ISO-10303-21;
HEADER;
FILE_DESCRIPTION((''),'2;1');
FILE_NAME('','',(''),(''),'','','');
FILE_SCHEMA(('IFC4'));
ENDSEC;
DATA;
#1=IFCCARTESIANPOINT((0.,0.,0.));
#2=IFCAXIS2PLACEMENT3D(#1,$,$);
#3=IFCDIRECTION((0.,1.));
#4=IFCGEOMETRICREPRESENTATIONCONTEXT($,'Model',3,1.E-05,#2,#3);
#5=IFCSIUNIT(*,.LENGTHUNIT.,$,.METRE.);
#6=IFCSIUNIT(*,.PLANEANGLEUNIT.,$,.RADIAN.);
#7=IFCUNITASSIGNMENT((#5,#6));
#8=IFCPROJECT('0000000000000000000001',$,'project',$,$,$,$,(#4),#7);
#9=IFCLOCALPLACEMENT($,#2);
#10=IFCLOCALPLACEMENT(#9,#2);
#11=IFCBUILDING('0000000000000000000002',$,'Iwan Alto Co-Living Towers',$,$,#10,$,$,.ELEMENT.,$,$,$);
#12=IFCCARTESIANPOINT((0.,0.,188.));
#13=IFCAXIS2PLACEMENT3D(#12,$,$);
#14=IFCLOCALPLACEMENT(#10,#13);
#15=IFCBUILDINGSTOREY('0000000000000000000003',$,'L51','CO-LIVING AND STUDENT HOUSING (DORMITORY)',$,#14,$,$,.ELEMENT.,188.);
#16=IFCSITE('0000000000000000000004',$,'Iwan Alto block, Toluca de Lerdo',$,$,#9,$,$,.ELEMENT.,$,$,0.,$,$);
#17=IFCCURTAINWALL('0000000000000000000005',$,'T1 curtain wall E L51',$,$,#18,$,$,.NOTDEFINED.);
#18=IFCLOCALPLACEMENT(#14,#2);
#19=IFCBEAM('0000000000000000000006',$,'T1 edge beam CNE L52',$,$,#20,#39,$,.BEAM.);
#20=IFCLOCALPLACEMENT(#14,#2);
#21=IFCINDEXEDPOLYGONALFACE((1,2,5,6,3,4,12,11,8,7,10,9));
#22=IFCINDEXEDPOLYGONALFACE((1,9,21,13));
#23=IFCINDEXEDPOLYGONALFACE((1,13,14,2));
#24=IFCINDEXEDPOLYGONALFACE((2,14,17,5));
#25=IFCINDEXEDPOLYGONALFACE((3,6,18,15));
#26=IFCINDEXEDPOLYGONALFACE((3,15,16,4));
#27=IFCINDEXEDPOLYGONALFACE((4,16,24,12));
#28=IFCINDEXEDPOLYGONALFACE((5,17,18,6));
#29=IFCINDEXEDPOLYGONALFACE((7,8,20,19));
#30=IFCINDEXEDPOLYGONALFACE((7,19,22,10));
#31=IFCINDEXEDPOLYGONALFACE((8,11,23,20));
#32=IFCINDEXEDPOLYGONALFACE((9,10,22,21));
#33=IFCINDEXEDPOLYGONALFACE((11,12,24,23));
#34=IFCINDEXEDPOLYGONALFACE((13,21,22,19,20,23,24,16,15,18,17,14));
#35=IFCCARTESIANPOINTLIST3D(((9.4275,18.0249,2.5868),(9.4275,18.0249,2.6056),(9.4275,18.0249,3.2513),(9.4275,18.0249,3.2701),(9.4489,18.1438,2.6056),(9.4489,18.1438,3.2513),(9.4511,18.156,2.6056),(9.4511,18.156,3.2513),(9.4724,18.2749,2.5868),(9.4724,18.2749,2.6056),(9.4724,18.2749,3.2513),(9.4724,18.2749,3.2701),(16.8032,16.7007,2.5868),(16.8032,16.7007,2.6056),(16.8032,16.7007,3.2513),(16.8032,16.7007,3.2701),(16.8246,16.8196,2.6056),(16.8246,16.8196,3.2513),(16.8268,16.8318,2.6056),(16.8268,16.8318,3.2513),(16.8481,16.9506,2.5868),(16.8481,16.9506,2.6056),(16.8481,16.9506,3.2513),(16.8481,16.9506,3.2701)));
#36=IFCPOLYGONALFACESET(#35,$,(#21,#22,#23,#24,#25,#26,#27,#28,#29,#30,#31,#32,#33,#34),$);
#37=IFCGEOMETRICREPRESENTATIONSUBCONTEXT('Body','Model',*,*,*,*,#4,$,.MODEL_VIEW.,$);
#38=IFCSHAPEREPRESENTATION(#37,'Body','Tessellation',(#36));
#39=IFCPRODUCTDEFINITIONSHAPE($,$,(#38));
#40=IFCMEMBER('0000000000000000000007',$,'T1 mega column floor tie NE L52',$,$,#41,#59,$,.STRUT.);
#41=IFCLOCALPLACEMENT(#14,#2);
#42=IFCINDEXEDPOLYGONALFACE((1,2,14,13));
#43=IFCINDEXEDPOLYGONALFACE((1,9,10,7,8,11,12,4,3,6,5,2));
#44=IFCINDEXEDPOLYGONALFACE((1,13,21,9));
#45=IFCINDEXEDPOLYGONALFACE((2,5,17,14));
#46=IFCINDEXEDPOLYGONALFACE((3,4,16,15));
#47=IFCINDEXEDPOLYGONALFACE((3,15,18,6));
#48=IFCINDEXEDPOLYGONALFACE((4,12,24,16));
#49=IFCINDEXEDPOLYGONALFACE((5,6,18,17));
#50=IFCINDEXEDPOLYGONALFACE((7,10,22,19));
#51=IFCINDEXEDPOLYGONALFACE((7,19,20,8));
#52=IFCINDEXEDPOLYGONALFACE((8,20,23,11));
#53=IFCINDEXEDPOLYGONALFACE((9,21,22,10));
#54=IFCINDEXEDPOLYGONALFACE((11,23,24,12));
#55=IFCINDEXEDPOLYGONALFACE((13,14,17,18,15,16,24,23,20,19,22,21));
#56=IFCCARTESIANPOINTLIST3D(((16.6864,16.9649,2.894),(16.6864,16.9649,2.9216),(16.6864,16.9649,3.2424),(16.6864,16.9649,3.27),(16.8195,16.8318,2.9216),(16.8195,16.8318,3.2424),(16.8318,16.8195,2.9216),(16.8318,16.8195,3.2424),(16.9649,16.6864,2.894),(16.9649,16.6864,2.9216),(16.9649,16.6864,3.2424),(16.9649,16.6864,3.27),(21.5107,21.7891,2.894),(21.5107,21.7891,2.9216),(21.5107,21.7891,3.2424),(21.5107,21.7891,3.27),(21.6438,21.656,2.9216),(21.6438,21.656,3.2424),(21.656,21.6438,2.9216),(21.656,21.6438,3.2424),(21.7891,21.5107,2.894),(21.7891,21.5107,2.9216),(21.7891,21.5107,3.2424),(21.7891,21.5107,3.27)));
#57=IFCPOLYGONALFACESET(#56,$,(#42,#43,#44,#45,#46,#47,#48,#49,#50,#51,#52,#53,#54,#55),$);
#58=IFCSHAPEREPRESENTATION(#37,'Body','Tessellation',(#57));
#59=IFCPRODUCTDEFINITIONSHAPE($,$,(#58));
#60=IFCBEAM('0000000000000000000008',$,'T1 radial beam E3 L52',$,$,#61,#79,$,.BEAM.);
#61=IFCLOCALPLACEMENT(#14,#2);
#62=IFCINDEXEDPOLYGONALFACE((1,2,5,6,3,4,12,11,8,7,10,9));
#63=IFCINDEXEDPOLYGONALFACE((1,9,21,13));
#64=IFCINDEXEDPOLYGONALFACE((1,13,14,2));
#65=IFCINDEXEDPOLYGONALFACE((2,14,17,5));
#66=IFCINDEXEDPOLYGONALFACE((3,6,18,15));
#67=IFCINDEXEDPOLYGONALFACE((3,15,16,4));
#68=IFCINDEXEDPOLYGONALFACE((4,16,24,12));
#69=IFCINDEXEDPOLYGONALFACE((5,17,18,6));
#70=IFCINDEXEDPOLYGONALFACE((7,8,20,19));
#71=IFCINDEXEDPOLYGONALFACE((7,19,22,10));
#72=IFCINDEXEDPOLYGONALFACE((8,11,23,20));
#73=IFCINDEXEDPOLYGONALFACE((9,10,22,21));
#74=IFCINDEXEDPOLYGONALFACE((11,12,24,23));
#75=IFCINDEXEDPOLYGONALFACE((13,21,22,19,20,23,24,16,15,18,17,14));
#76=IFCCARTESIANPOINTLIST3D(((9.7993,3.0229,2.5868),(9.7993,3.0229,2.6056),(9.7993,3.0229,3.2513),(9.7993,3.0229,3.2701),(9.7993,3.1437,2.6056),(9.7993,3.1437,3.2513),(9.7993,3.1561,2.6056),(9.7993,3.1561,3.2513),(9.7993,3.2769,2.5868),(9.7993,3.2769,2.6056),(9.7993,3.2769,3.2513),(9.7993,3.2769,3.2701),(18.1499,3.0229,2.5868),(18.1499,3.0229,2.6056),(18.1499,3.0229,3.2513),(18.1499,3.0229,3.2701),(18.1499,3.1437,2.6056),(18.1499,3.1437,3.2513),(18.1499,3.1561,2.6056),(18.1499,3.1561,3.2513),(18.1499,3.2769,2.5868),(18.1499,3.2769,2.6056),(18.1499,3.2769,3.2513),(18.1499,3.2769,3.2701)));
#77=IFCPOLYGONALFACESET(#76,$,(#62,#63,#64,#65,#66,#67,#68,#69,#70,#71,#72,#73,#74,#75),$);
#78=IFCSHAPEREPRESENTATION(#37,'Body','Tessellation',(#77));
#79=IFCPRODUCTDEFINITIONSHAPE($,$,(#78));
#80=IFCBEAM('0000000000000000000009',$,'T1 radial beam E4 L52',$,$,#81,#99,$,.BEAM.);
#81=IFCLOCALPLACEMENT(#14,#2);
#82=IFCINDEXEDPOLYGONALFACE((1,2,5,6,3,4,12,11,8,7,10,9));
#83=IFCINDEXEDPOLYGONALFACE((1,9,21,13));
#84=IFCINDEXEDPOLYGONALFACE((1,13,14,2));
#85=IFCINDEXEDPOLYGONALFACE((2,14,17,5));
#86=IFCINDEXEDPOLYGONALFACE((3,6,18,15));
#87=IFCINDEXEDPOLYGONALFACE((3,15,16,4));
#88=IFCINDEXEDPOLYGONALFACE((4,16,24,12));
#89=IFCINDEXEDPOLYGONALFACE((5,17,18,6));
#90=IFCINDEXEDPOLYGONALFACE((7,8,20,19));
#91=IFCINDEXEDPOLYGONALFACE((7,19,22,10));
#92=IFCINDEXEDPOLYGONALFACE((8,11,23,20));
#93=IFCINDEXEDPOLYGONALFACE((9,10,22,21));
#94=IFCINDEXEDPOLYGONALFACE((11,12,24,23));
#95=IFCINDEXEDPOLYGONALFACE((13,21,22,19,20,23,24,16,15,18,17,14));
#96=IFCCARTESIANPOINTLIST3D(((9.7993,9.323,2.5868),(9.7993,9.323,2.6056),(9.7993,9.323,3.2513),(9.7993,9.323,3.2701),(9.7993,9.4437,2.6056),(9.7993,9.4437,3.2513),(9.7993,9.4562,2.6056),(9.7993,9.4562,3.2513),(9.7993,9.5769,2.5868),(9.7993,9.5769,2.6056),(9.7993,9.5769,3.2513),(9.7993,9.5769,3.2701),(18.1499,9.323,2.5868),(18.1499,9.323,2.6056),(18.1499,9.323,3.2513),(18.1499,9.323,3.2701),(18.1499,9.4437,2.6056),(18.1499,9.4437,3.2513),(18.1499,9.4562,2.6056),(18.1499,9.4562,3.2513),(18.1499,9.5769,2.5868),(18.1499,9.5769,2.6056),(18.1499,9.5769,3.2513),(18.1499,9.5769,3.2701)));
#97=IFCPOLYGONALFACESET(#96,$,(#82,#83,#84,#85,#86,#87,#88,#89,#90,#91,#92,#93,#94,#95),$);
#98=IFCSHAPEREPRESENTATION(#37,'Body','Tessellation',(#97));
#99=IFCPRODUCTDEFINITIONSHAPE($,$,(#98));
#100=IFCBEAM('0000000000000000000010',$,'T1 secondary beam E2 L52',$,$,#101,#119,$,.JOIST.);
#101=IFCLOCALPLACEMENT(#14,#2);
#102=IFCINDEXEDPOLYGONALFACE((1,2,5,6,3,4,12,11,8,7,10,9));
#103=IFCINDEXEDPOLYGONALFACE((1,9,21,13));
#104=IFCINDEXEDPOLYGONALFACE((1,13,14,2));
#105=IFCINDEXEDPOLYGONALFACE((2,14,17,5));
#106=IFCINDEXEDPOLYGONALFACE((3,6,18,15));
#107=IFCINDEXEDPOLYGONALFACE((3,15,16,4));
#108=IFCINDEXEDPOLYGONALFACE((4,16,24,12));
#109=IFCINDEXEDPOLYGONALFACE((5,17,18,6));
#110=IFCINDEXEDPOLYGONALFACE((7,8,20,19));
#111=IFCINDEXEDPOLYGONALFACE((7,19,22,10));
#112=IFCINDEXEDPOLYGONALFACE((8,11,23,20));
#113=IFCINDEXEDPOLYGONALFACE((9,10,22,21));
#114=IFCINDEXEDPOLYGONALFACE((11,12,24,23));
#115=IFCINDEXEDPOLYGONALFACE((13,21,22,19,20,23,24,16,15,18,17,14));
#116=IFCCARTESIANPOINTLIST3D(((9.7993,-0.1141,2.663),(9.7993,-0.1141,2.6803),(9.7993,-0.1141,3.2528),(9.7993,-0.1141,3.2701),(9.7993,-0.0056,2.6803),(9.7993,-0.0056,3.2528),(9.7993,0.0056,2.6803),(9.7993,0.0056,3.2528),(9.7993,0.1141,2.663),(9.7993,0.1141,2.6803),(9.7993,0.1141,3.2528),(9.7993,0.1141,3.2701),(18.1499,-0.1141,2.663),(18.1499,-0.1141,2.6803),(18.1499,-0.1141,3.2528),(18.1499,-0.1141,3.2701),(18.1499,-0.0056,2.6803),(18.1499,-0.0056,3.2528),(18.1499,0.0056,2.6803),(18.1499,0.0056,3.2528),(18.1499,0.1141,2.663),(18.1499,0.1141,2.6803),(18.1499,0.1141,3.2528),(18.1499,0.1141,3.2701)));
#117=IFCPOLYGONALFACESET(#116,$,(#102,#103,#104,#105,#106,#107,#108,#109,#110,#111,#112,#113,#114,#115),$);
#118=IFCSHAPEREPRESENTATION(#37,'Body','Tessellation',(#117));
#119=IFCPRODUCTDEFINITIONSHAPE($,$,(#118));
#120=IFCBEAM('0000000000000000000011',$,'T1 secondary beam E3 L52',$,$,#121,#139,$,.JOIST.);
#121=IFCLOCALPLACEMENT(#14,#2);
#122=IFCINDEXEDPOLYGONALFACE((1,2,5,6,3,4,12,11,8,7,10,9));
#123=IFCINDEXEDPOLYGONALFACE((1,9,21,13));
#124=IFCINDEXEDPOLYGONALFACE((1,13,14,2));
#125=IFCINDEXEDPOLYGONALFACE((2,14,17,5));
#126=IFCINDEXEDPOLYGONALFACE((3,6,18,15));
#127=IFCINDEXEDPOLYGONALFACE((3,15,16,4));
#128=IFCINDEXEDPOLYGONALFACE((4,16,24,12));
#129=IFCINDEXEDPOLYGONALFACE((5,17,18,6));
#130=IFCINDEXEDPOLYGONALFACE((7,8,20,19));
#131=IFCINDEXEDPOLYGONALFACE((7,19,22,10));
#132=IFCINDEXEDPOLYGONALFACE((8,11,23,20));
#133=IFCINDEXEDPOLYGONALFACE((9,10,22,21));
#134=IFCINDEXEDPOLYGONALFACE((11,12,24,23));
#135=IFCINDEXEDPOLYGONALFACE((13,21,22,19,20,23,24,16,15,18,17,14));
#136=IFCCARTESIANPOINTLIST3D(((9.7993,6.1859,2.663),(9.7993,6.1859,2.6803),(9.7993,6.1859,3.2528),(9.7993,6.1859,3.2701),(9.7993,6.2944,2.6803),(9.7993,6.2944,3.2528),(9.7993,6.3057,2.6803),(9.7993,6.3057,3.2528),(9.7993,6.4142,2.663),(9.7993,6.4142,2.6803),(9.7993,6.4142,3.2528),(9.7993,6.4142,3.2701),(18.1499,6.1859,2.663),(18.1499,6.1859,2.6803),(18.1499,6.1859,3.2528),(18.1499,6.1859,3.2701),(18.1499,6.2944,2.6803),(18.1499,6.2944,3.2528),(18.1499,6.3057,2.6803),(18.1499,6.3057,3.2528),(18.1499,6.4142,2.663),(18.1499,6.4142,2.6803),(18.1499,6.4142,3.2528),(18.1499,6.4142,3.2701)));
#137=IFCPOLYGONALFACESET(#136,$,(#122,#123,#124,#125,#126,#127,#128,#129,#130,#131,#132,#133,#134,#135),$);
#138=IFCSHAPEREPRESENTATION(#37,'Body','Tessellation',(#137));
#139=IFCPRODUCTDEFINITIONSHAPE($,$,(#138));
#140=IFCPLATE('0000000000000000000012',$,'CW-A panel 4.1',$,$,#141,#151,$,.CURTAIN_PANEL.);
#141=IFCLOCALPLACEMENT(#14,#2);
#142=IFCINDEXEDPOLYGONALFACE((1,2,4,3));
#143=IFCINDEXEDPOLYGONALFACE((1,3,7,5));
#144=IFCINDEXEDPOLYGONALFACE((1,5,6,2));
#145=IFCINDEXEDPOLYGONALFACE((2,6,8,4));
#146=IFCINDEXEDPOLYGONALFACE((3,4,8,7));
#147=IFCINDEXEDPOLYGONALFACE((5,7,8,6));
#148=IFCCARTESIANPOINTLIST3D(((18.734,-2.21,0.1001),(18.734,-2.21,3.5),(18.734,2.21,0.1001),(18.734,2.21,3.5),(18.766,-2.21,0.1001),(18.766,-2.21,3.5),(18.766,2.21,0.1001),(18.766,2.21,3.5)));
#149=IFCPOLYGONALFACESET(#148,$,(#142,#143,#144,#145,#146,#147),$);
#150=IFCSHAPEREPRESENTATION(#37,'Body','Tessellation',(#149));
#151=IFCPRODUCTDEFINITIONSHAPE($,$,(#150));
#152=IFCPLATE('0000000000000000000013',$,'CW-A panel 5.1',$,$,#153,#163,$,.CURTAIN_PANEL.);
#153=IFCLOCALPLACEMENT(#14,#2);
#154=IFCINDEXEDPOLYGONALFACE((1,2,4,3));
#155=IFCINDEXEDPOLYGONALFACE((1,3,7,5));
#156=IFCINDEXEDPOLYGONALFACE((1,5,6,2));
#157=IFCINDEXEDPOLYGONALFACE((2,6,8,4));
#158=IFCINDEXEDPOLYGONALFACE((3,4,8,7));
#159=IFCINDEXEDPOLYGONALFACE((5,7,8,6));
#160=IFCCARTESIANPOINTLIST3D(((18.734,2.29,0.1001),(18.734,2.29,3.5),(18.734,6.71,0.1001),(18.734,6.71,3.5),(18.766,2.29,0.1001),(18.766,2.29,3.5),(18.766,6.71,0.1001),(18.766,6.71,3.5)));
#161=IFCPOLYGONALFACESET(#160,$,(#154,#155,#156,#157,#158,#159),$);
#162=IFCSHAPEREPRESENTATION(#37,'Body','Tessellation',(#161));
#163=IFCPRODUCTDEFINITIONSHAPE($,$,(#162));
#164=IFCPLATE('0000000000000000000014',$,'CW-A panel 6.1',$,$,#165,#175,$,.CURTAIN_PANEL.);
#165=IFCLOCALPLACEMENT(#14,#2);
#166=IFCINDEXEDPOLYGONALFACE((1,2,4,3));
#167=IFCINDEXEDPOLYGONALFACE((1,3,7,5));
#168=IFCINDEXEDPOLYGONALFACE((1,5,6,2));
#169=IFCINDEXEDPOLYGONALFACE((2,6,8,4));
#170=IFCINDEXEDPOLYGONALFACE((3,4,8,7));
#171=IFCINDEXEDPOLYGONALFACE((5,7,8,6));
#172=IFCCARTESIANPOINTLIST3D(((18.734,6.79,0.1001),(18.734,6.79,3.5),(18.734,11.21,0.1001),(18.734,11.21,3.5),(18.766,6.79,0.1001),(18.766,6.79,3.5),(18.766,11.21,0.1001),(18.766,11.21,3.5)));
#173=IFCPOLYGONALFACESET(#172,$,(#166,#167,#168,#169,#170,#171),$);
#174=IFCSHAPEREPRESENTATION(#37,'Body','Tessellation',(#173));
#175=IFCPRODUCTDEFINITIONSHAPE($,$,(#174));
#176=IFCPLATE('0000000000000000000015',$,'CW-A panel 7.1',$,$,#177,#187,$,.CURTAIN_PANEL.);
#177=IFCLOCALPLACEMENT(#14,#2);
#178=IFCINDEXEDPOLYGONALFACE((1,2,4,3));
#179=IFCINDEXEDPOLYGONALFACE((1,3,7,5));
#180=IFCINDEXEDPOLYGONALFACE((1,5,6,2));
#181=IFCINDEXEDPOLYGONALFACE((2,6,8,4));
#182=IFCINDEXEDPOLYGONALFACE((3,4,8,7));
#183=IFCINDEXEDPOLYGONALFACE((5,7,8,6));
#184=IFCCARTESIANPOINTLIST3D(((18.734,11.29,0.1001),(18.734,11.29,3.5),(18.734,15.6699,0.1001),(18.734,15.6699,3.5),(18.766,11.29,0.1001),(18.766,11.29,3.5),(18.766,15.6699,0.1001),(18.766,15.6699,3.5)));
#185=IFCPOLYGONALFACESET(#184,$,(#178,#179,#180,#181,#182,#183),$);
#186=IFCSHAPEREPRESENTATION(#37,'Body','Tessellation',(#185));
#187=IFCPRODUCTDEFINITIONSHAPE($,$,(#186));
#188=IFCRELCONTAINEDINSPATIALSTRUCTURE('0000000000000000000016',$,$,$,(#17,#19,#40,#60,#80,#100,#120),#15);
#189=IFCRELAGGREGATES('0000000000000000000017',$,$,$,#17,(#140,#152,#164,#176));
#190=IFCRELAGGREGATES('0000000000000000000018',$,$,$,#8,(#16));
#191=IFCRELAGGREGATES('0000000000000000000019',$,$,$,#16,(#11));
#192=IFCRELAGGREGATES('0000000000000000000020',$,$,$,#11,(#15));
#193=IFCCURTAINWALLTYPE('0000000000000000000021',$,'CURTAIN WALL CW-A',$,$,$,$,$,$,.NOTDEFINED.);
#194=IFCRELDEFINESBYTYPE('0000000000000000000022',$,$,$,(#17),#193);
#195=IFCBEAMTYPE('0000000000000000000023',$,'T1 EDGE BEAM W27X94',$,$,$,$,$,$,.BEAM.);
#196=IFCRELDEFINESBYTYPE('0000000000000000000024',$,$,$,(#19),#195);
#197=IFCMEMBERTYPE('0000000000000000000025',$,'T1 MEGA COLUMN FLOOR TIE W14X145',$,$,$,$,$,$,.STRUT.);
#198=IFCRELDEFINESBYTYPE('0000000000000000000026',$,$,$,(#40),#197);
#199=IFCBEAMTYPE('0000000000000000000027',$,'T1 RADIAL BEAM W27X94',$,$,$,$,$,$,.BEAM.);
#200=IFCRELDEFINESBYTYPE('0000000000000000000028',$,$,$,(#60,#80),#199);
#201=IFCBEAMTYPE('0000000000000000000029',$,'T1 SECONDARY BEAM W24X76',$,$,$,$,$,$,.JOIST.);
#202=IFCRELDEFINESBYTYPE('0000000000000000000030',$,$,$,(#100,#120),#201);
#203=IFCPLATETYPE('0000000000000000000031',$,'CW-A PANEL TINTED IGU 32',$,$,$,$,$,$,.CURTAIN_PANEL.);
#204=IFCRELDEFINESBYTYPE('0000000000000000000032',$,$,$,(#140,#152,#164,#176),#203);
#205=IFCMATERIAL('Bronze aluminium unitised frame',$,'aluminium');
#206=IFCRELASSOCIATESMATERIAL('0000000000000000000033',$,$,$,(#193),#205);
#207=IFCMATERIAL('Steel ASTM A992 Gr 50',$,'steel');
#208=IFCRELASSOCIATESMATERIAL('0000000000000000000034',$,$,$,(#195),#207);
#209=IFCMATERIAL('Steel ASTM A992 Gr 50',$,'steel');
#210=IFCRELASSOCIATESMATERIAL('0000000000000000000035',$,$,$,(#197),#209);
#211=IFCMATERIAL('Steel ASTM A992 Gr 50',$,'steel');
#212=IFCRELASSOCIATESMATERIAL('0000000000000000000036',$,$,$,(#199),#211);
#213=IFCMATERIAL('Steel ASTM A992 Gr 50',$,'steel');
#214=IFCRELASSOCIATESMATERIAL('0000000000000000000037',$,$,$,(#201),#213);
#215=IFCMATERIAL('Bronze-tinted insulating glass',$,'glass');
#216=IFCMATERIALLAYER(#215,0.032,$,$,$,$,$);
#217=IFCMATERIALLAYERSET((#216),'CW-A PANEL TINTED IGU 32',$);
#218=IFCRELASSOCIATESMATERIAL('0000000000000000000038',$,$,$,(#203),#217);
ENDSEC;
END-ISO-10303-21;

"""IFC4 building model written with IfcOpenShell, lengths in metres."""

from ifc_helpers import new_model, si_unit, direction, frame, origin, origin_2d, place, context, subcontext, project, spatial, rectangle, i_section, extrude, material, layer, layer_set, material_profile, profile_set, type_object, element, aggregate, save


model = new_model("IFC4")

# Units and contexts
model_context = context("Model", 3, precision=1e-05, world=origin(), true_north=direction((0.0, 1.0)))
body_context = subcontext(model_context, "Body", "Model", "MODEL_VIEW")
ifc_project = project(units=[si_unit("LENGTHUNIT", "METRE"), si_unit("PLANEANGLEUNIT", "RADIAN")], contexts=[model_context])

# Site, building, storey
site_placement = place(None, origin())
site = spatial("IfcSite", under=ifc_project, at=site_placement, Name="Iwan Alto block, Toluca de Lerdo", CompositionType="ELEMENT", RefElevation=0.0)
building_placement = place(site_placement, origin())
building = spatial("IfcBuilding", under=site, at=building_placement, Name="Iwan Alto Co-Living Towers", CompositionType="ELEMENT")
storey_placement = place(building_placement, frame((0.0, 0.0, 188.0)))
storey = spatial("IfcBuildingStorey", under=building, at=storey_placement, Name="L51", Description="CO-LIVING AND STUDENT HOUSING (DORMITORY)", CompositionType="ELEMENT", Elevation=188.0)

# Curtain wall
ifc_material_1 = material(Name="Bronze aluminium unitised frame", Category="aluminium")
curtain_wall_type_1 = type_object("IfcCurtainWallType", Name="CURTAIN WALL CW-A", PredefinedType="NOTDEFINED", material=ifc_material_1)
curtain_wall_1_placement = place(storey_placement, origin())
curtain_wall_1 = element("IfcCurtainWall", 1, at=curtain_wall_1_placement, inside=storey, type_object=curtain_wall_type_1, Name="T1 curtain wall E L51", PredefinedType="NOTDEFINED")

# Beam
ifc_material_2 = material(Name="Steel ASTM A992 Gr 50", Category="steel")
ifc_material_profile_1 = material_profile(ifc_material_2, i_section(OverallWidth=0.2539, OverallDepth=0.6833, WebThickness=0.0125, FlangeThickness=0.0188, at=origin_2d()), Name="W27X94")
ifc_profile_set_1 = profile_set([ifc_material_profile_1], Name="Steel ASTM A992 Gr 50")
beam_type_1 = type_object("IfcBeamType", Name="T1 EDGE BEAM W27X94", PredefinedType="BEAM", material=ifc_profile_set_1)
for number, where, z_axis, x_axis, name in (
    (2, (16.8257, 16.8257, 2.9285), (-0.984263, 0.176712, 0.0), (-0.176712, -0.984263, 0.0), "T1 edge beam CNE L52"),
):
    element("IfcBeam", number, at=place(storey_placement, frame(where, z_axis=z_axis, x_axis=x_axis)), inside=storey, type_object=beam_type_1, Name=name, PredefinedType="BEAM", context=body_context, shape_type="SweptSolid", body=[
        extrude(i_section(OverallWidth=0.2539, OverallDepth=0.6833, WebThickness=0.0125, FlangeThickness=0.0188, at=origin_2d()), origin(), (0.0, 0.0, 1.0), 7.4937),
    ])

# Member
ifc_material_3 = material(Name="Steel ASTM A992 Gr 50", Category="steel")
ifc_material_profile_2 = material_profile(ifc_material_3, i_section(OverallWidth=0.3938, OverallDepth=0.376, WebThickness=0.0173, FlangeThickness=0.0276, at=origin_2d()), Name="W14X145")
ifc_profile_set_2 = profile_set([ifc_material_profile_2], Name="Steel ASTM A992 Gr 50")
member_type_1 = type_object("IfcMemberType", Name="T1 MEGA COLUMN FLOOR TIE W14X145", PredefinedType="STRUT", material=ifc_profile_set_2)
member_1_placement = place(storey_placement, frame((21.6499, 21.6499, 3.082), z_axis=(-0.707107, -0.707107, 0.0), x_axis=(0.707107, -0.707107, 0.0)))
element("IfcMember", 3, at=member_1_placement, inside=storey, type_object=member_type_1, Name="T1 mega column floor tie NE L52", PredefinedType="STRUT", context=body_context, shape_type="SweptSolid", body=[
    extrude(i_section(OverallWidth=0.3938, OverallDepth=0.376, WebThickness=0.0173, FlangeThickness=0.0276, at=origin_2d()), origin(), (0.0, 0.0, 1.0), 6.8225),
])

# Beams
ifc_material_4 = material(Name="Steel ASTM A992 Gr 50", Category="steel")
ifc_material_profile_3 = material_profile(ifc_material_4, i_section(OverallWidth=0.2539, OverallDepth=0.6833, WebThickness=0.0125, FlangeThickness=0.0188, at=origin_2d()), Name="W27X94")
ifc_profile_set_3 = profile_set([ifc_material_profile_3], Name="Steel ASTM A992 Gr 50")
beam_type_2 = type_object("IfcBeamType", Name="T1 RADIAL BEAM W27X94", PredefinedType="BEAM", material=ifc_profile_set_3)
for number, where, z_axis, x_axis, name in (
    (4, (18.1499, 3.1499, 2.9285), (-1.0, 0.0, 0.0), (0.0, -1.0, 0.0), "T1 radial beam E3 L52"),
    (5, (18.1499, 9.45, 2.9285), (-1.0, 0.0, 0.0), (0.0, -1.0, 0.0), "T1 radial beam E4 L52"),
):
    element("IfcBeam", number, at=place(storey_placement, frame(where, z_axis=z_axis, x_axis=x_axis)), inside=storey, type_object=beam_type_2, Name=name, PredefinedType="BEAM", context=body_context, shape_type="SweptSolid", body=[
        extrude(i_section(OverallWidth=0.2539, OverallDepth=0.6833, WebThickness=0.0125, FlangeThickness=0.0188, at=origin_2d()), origin(), (0.0, 0.0, 1.0), 8.3506),
    ])
ifc_material_5 = material(Name="Steel ASTM A992 Gr 50", Category="steel")
ifc_material_profile_4 = material_profile(ifc_material_5, i_section(OverallWidth=0.2283, OverallDepth=0.6072, WebThickness=0.0112, FlangeThickness=0.0173, at=origin_2d()), Name="W24X76")
ifc_profile_set_4 = profile_set([ifc_material_profile_4], Name="Steel ASTM A992 Gr 50")
beam_type_3 = type_object("IfcBeamType", Name="T1 SECONDARY BEAM W24X76", PredefinedType="JOIST", material=ifc_profile_set_4)
for number, where, z_axis, x_axis, name in (
    (6, (18.1499, 0.0, 2.9666), (-1.0, 0.0, 0.0), (0.0, -1.0, 0.0), "T1 secondary beam E2 L52"),
    (7, (18.1499, 6.3, 2.9666), (-1.0, 0.0, 0.0), (0.0, -1.0, 0.0), "T1 secondary beam E3 L52"),
):
    element("IfcBeam", number, at=place(storey_placement, frame(where, z_axis=z_axis, x_axis=x_axis)), inside=storey, type_object=beam_type_3, Name=name, PredefinedType="JOIST", context=body_context, shape_type="SweptSolid", body=[
        extrude(i_section(OverallWidth=0.2283, OverallDepth=0.6072, WebThickness=0.0112, FlangeThickness=0.0173, at=origin_2d()), origin(), (0.0, 0.0, 1.0), 8.3506),
    ])

# Plates
ifc_material_6 = material(Name="Bronze-tinted insulating glass", Category="glass")
ifc_layer_1 = layer(ifc_material_6, 0.032)
ifc_layer_set_1 = layer_set([ifc_layer_1], Name="CW-A PANEL TINTED IGU 32")
plate_type_1 = type_object("IfcPlateType", Name="CW-A PANEL TINTED IGU 32", PredefinedType="CURTAIN_PANEL", material=ifc_layer_set_1)
plate_1_placement = place(storey_placement, frame((18.75, 0.0, 0.1001), z_axis=(0.0, 0.0, 1.0), x_axis=(0.0, 1.0, 0.0)))
plate_1 = element("IfcPlate", 8, at=plate_1_placement, type_object=plate_type_1, Name="CW-A panel 4.1", PredefinedType="CURTAIN_PANEL", context=body_context, shape_type="SweptSolid", body=[
    extrude(rectangle(XDim=4.4199, YDim=0.032, at=origin_2d()), origin(), (0.0, 0.0, 1.0), 3.3999),
])
plate_2_placement = place(storey_placement, frame((18.75, 4.5, 0.1001), z_axis=(0.0, 0.0, 1.0), x_axis=(0.0, 1.0, 0.0)))
plate_2 = element("IfcPlate", 9, at=plate_2_placement, type_object=plate_type_1, Name="CW-A panel 5.1", PredefinedType="CURTAIN_PANEL", context=body_context, shape_type="SweptSolid", body=[
    extrude(rectangle(XDim=4.4199, YDim=0.032, at=origin_2d()), origin(), (0.0, 0.0, 1.0), 3.3999),
])
plate_3_placement = place(storey_placement, frame((18.75, 9.0, 0.1001), z_axis=(0.0, 0.0, 1.0), x_axis=(0.0, 1.0, 0.0)))
plate_3 = element("IfcPlate", 10, at=plate_3_placement, type_object=plate_type_1, Name="CW-A panel 6.1", PredefinedType="CURTAIN_PANEL", context=body_context, shape_type="SweptSolid", body=[
    extrude(rectangle(XDim=4.4199, YDim=0.032, at=origin_2d()), origin(), (0.0, 0.0, 1.0), 3.3999),
])
plate_4_placement = place(storey_placement, frame((18.75, 13.48, 0.1001), z_axis=(0.0, 0.0, 1.0), x_axis=(0.0, 1.0, 0.0)))
plate_4 = element("IfcPlate", 11, at=plate_4_placement, type_object=plate_type_1, Name="CW-A panel 7.1", PredefinedType="CURTAIN_PANEL", context=body_context, shape_type="SweptSolid", body=[
    extrude(rectangle(XDim=4.3799, YDim=0.032, at=origin_2d()), origin(), (0.0, 0.0, 1.0), 3.3999),
])
aggregate(curtain_wall_1, [plate_1, plate_2, plate_3, plate_4])

save(model, "model.ifc")
